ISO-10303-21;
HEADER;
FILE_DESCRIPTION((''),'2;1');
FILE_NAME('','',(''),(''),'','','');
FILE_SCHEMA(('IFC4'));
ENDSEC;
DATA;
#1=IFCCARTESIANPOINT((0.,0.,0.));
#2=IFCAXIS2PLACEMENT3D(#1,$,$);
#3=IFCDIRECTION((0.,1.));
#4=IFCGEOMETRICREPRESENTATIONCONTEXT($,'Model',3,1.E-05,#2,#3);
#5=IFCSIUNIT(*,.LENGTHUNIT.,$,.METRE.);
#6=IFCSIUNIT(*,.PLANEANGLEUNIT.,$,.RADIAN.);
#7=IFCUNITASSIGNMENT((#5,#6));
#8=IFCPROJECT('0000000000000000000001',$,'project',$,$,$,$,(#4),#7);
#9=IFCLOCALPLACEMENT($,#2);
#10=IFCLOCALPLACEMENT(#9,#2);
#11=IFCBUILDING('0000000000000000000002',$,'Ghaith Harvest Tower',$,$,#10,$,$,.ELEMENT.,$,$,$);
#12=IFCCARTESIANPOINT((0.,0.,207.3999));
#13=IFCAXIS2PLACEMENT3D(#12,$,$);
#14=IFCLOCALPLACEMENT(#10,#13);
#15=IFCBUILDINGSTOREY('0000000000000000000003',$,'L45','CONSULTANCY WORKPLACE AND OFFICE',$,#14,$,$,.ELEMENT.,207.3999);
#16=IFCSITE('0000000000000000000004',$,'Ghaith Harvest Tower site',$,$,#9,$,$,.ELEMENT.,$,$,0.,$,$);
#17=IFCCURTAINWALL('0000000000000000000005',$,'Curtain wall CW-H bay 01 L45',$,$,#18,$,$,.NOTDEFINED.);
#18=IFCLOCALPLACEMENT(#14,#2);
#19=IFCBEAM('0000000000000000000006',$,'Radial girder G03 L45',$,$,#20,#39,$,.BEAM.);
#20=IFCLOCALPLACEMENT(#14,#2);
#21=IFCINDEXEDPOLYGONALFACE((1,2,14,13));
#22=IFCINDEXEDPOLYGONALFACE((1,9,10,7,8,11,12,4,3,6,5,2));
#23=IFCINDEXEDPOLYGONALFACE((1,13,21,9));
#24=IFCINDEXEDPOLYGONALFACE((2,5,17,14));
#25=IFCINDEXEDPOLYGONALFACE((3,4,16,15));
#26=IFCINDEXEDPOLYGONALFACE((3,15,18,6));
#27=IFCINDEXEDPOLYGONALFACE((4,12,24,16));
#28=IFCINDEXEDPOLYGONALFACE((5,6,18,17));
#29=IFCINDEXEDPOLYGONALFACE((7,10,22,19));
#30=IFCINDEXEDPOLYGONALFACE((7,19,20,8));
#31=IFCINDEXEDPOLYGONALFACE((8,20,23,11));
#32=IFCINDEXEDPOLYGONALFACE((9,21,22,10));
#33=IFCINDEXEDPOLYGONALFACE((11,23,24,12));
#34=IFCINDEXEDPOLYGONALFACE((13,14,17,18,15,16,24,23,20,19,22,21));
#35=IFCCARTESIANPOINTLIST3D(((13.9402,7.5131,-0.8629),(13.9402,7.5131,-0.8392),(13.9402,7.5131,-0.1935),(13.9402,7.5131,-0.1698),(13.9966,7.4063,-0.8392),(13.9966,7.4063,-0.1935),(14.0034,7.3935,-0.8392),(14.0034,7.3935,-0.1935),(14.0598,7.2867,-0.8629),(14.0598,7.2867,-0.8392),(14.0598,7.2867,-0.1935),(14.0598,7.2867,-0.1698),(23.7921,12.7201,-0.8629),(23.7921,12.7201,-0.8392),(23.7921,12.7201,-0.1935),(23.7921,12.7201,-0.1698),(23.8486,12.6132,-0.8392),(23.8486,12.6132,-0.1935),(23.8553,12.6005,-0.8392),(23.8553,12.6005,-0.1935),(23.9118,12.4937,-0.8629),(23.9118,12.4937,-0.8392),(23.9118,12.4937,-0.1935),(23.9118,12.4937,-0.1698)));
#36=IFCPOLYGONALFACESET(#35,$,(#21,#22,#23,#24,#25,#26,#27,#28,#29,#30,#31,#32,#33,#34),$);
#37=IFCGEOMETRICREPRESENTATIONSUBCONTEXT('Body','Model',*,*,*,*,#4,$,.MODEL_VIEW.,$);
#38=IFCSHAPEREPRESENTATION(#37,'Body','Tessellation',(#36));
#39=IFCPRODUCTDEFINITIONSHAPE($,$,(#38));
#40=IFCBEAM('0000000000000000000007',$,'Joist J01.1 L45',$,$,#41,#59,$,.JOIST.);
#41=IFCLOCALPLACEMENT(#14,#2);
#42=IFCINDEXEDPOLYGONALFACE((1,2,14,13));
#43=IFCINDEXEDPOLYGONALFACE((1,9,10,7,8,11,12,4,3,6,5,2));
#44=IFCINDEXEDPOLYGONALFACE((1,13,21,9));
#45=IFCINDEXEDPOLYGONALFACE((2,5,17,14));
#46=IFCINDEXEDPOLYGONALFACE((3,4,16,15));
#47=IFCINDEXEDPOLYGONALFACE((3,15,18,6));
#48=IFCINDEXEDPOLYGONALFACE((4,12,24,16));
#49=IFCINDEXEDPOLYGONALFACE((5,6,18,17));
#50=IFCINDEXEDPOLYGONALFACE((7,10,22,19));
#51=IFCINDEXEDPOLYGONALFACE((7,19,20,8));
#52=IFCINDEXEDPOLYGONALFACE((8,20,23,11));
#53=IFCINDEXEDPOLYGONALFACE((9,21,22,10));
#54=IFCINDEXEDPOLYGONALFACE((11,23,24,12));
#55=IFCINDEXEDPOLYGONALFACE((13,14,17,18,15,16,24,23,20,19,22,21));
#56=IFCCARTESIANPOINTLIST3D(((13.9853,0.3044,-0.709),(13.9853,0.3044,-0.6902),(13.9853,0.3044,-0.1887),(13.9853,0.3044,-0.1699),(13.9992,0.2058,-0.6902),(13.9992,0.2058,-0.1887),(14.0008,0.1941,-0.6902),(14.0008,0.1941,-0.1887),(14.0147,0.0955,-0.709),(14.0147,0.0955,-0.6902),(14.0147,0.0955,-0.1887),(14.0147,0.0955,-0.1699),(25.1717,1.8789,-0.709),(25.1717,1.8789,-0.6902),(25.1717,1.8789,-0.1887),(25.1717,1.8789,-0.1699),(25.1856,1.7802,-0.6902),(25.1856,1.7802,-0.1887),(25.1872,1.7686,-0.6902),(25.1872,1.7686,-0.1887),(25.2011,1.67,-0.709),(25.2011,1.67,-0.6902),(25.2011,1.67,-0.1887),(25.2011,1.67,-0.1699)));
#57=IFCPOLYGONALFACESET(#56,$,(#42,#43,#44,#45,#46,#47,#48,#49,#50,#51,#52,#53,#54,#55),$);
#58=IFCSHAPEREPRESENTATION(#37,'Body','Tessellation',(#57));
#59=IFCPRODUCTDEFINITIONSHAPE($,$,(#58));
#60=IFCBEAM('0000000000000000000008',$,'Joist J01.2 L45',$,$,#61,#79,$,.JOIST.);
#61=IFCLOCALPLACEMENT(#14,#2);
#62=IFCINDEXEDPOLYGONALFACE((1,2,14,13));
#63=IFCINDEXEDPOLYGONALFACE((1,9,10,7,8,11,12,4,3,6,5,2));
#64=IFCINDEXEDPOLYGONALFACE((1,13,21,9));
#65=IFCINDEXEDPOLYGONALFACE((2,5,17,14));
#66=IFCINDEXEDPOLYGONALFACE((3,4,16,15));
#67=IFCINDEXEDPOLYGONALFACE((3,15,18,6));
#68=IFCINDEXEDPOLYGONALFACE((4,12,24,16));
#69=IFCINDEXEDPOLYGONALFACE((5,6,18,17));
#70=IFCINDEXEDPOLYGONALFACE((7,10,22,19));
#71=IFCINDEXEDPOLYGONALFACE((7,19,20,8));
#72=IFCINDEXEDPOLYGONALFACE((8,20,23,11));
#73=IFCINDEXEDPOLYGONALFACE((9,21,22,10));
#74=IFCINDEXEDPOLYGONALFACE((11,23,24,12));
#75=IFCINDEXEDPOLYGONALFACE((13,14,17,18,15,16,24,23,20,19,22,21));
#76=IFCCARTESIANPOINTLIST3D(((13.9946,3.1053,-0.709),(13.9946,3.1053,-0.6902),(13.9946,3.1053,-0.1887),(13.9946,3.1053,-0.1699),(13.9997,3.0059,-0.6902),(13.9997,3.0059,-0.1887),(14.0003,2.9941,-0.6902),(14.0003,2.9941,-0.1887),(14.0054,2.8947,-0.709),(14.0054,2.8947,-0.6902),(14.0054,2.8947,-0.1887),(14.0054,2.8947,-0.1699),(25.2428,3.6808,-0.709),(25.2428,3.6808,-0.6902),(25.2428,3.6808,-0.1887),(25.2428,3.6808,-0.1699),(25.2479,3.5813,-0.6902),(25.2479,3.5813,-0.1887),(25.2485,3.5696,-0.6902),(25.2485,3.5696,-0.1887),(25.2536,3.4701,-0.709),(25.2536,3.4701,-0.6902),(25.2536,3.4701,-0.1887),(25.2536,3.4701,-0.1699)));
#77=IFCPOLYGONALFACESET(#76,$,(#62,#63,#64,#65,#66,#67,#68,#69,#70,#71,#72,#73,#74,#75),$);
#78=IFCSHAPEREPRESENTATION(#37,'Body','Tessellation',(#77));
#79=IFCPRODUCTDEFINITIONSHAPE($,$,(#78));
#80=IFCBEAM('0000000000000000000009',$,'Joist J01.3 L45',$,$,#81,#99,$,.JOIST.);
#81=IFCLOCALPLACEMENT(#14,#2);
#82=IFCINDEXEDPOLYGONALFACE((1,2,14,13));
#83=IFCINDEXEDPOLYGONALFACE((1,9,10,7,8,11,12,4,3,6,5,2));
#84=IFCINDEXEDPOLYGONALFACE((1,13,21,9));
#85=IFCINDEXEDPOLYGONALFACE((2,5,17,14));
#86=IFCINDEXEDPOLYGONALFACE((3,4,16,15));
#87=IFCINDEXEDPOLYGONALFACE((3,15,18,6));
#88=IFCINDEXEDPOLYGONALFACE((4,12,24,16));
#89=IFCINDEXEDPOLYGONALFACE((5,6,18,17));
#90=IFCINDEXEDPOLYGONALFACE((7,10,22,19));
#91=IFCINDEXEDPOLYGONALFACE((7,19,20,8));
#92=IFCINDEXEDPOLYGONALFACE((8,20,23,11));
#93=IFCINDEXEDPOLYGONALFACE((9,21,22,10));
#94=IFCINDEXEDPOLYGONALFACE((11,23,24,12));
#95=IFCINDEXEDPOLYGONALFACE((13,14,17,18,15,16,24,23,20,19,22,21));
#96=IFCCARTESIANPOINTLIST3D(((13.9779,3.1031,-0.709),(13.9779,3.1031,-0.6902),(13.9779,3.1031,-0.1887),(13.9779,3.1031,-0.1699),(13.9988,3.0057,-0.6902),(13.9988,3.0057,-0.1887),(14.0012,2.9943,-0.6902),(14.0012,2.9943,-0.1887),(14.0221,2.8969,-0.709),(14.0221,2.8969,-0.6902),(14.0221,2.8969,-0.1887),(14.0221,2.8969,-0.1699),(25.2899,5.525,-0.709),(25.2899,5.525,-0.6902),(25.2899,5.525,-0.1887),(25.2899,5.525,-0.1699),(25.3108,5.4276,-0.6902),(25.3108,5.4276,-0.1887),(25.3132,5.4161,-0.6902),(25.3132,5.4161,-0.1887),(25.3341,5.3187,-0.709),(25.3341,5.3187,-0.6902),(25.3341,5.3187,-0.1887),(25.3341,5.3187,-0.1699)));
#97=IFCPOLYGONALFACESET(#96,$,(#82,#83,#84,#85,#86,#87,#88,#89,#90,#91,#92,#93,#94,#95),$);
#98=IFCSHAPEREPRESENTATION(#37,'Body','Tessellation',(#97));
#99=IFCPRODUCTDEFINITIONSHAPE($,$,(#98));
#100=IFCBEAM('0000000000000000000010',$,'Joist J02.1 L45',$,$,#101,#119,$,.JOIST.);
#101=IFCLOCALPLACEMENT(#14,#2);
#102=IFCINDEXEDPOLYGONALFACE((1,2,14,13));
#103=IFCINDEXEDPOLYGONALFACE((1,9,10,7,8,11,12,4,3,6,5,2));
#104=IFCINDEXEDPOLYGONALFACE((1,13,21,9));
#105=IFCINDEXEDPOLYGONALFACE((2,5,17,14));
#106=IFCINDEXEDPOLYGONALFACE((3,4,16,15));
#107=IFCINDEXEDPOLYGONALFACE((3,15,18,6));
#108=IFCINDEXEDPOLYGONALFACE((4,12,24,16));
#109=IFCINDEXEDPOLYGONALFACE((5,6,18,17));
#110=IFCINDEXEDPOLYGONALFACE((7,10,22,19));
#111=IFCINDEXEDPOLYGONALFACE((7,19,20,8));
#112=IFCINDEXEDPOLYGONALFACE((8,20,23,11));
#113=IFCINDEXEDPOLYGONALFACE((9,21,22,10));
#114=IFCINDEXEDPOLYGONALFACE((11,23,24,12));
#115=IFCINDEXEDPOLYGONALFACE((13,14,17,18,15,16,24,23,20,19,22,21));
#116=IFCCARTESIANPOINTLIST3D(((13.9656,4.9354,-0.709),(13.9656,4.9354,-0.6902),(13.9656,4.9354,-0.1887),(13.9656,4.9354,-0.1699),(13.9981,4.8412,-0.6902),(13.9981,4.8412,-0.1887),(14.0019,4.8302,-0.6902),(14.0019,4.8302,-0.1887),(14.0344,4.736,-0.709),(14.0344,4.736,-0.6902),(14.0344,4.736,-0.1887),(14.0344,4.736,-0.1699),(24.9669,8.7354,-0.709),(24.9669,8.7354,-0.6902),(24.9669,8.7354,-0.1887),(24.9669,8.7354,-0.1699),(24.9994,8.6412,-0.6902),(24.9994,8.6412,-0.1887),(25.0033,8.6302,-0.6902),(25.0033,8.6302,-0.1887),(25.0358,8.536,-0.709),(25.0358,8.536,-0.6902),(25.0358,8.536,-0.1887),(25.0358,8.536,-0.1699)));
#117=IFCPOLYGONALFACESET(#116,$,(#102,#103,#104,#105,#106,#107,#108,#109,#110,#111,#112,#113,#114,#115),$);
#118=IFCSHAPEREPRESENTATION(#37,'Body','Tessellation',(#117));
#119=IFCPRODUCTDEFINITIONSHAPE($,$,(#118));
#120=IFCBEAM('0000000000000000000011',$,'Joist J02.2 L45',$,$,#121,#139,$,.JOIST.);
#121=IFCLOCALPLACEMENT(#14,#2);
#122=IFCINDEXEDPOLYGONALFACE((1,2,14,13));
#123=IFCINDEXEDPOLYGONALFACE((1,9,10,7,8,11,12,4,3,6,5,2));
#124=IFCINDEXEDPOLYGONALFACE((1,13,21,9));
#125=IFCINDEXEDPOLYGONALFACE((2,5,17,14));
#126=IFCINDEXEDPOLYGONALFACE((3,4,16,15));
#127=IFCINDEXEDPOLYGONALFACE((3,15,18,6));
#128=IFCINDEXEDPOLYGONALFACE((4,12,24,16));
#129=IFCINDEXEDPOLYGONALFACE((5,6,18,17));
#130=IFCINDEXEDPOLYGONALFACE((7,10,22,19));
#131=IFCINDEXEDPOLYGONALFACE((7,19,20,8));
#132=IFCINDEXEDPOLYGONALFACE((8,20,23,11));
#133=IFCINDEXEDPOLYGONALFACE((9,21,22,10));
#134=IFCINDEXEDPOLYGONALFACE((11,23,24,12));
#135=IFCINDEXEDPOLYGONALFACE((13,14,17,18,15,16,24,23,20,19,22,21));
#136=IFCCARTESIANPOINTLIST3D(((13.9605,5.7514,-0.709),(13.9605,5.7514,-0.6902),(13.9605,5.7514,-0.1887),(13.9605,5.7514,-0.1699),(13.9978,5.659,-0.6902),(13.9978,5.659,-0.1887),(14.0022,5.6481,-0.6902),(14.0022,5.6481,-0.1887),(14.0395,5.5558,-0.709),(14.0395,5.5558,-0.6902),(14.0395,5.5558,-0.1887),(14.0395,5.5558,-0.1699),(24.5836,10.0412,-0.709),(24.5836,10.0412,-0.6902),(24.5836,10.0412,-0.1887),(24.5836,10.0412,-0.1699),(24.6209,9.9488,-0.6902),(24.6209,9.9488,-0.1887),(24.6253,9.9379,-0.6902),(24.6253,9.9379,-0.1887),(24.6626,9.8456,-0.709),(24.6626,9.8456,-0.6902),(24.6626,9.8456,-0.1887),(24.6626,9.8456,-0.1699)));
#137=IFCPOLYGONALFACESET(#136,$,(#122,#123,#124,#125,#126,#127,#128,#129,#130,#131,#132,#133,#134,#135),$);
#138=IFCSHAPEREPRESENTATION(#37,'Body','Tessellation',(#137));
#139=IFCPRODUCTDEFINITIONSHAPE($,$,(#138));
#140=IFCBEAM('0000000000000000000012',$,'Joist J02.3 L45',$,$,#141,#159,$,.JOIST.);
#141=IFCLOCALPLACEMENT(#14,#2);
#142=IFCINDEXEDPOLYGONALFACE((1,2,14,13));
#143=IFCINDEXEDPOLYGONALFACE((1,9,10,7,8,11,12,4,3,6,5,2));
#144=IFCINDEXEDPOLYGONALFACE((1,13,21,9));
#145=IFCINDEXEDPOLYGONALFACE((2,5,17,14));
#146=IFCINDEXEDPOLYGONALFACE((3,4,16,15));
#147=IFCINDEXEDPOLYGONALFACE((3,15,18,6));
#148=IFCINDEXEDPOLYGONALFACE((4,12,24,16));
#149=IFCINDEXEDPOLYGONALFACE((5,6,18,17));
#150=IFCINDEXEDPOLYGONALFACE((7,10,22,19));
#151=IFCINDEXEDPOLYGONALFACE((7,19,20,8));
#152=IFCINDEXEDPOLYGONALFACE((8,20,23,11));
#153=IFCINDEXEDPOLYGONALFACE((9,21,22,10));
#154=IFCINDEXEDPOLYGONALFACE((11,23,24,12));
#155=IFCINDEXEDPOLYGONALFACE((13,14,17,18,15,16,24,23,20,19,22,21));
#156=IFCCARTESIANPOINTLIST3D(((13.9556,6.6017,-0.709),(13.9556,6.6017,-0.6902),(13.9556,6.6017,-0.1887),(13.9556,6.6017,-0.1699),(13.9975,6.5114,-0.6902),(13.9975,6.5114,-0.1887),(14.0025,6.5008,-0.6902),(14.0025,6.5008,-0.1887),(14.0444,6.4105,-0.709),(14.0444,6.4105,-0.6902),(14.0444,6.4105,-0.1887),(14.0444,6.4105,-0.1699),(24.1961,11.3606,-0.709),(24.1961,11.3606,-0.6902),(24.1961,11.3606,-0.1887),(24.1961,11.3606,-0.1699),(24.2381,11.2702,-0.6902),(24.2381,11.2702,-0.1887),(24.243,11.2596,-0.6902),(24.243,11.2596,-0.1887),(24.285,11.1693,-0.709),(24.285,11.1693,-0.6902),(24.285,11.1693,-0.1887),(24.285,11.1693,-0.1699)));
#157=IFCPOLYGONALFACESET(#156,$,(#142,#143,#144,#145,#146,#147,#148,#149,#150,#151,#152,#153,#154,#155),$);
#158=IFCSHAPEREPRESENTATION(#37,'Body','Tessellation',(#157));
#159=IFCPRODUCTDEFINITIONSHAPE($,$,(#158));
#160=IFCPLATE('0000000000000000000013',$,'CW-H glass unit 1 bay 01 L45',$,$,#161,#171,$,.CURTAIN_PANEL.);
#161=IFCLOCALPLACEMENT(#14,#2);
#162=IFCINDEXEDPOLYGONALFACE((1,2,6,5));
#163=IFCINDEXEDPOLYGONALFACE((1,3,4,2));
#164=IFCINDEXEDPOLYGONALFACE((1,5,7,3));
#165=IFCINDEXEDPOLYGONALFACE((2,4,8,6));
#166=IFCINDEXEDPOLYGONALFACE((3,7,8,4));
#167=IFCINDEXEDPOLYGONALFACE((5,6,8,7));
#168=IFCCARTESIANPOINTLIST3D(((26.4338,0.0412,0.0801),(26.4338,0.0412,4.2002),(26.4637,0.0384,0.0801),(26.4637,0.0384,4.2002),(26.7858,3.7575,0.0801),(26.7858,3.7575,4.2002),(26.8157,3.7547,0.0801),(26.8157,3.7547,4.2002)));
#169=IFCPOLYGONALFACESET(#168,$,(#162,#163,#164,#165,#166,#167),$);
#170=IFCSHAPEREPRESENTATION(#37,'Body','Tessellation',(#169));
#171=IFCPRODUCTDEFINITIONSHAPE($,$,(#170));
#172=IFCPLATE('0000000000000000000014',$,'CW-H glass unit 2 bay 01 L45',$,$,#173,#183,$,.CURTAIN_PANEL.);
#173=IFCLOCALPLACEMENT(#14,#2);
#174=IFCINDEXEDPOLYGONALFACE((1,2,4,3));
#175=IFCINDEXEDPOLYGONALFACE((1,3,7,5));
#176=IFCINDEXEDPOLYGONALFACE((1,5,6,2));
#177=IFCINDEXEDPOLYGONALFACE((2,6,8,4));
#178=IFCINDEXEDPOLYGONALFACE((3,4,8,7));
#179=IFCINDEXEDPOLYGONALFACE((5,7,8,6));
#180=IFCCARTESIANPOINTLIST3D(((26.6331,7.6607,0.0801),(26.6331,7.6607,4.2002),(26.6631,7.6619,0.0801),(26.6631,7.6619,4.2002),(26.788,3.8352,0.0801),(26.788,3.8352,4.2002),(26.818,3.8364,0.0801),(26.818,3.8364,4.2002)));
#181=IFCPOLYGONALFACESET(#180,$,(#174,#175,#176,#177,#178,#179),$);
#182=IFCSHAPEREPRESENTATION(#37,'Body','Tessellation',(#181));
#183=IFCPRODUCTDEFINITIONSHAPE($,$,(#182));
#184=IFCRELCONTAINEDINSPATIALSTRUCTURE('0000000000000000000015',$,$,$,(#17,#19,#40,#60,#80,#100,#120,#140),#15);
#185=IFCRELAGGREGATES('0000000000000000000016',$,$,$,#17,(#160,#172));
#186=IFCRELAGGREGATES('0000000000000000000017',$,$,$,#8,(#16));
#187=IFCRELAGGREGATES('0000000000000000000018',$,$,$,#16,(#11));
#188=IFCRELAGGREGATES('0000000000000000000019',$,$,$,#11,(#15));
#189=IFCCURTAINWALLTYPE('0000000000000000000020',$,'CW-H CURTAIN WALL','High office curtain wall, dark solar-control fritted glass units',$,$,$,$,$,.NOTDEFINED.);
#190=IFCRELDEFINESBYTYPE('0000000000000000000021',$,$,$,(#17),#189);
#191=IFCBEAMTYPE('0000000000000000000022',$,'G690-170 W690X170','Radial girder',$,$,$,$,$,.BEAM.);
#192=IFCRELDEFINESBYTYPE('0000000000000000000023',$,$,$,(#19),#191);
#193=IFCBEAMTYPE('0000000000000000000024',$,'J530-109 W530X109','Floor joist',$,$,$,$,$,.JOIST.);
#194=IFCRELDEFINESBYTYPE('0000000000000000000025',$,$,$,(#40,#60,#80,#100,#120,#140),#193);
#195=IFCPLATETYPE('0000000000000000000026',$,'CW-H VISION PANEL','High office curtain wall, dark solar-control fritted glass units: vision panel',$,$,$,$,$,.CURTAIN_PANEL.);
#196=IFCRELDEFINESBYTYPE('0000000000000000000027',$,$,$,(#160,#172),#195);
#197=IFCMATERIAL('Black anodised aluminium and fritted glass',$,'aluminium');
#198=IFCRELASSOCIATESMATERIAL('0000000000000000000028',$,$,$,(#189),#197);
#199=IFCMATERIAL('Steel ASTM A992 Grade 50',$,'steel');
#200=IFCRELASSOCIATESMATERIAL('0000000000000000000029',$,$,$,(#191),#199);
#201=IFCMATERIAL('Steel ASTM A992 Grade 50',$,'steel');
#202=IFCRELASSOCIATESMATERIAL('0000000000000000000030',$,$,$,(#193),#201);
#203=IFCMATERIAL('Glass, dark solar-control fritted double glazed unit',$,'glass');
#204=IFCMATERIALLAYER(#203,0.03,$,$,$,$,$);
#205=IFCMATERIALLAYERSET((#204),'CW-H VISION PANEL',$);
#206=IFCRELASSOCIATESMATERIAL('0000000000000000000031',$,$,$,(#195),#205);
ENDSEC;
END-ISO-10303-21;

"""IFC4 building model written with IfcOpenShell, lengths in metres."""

from ifc_helpers import new_model, si_unit, direction, frame, origin, origin_2d, place, context, subcontext, project, spatial, rectangle, i_section, extrude, material, layer, layer_set, material_profile, profile_set, type_object, element, aggregate, save


model = new_model("IFC4")

# Units and contexts
model_context = context("Model", 3, precision=1e-05, world=origin(), true_north=direction((0.0, 1.0)))
body_context = subcontext(model_context, "Body", "Model", "MODEL_VIEW")
ifc_project = project(units=[si_unit("LENGTHUNIT", "METRE"), si_unit("PLANEANGLEUNIT", "RADIAN")], contexts=[model_context])

# Site, building, storey
site_placement = place(None, origin())
site = spatial("IfcSite", under=ifc_project, at=site_placement, Name="Ghaith Harvest Tower site", CompositionType="ELEMENT", RefElevation=0.0)
building_placement = place(site_placement, origin())
building = spatial("IfcBuilding", under=site, at=building_placement, Name="Ghaith Harvest Tower", CompositionType="ELEMENT")
storey_placement = place(building_placement, frame((0.0, 0.0, 207.3999)))
storey = spatial("IfcBuildingStorey", under=building, at=storey_placement, Name="L45", Description="CONSULTANCY WORKPLACE AND OFFICE", CompositionType="ELEMENT", Elevation=207.3999)

# Curtain wall
ifc_material_1 = material(Name="Black anodised aluminium and fritted glass", Category="aluminium")
curtain_wall_type = type_object("IfcCurtainWallType", Name="CW-H CURTAIN WALL", Description="High office curtain wall, dark solar-control fritted glass units", PredefinedType="NOTDEFINED", material=ifc_material_1)
curtain_wall_1_placement = place(storey_placement, origin())
curtain_wall_1 = element("IfcCurtainWall", 1, at=curtain_wall_1_placement, inside=storey, type_object=curtain_wall_type, Name="Curtain wall CW-H bay 01 L45", PredefinedType="NOTDEFINED")

# Beams
ifc_material_2 = material(Name="Steel ASTM A992 Grade 50", Category="steel")
ifc_material_profile_1 = material_profile(ifc_material_2, i_section(OverallWidth=0.2561, OverallDepth=0.6931, WebThickness=0.0144, FlangeThickness=0.0237, at=origin_2d()), Name="W690X170")
ifc_profile_set_1 = profile_set([ifc_material_profile_1], Name="Steel ASTM A992 Grade 50")
beam_type_1 = type_object("IfcBeamType", Name="G690-170 W690X170", Description="Radial girder", PredefinedType="BEAM", material=ifc_profile_set_1)
beam_1_placement = place(storey_placement, frame((14.0, 7.3999, -0.5164), z_axis=(0.884113, 0.467274, 0.0), x_axis=(-0.467274, 0.884113, 0.0)))
element("IfcBeam", 2, at=beam_1_placement, inside=storey, type_object=beam_type_1, Name="Radial girder G03 L45", PredefinedType="BEAM", context=body_context, shape_type="SweptSolid", body=[
    extrude(i_section(OverallWidth=0.2561, OverallDepth=0.6931, WebThickness=0.0144, FlangeThickness=0.0237, at=origin_2d()), origin(), (0.0, 0.0, 1.0), 11.1433),
])
ifc_material_3 = material(Name="Steel ASTM A992 Grade 50", Category="steel")
ifc_material_profile_2 = material_profile(ifc_material_3, i_section(OverallWidth=0.2109, OverallDepth=0.5391, WebThickness=0.0117, FlangeThickness=0.0188, at=origin_2d()), Name="W530X109")
ifc_profile_set_2 = profile_set([ifc_material_profile_2], Name="Steel ASTM A992 Grade 50")
beam_type_2 = type_object("IfcBeamType", Name="J530-109 W530X109", Description="Floor joist", PredefinedType="JOIST", material=ifc_profile_set_2)
beam_2_placement = place(storey_placement, frame((14.0, 0.2, -0.4395), z_axis=(0.99024, 0.139376, 0.0), x_axis=(-0.139376, 0.99024, 0.0)))
element("IfcBeam", 3, at=beam_2_placement, inside=storey, type_object=beam_type_2, Name="Joist J01.1 L45", PredefinedType="JOIST", context=body_context, shape_type="SweptSolid", body=[
    extrude(i_section(OverallWidth=0.2109, OverallDepth=0.5391, WebThickness=0.0117, FlangeThickness=0.0188, at=origin_2d()), origin(), (0.0, 0.0, 1.0), 11.2966),
])
beam_3_placement = place(storey_placement, frame((14.0, 3.0, -0.4395), z_axis=(0.998694, 0.051091, 0.0), x_axis=(-0.051091, 0.998694, 0.0)))
element("IfcBeam", 4, at=beam_3_placement, inside=storey, type_object=beam_type_2, Name="Joist J01.2 L45", PredefinedType="JOIST", context=body_context, shape_type="SweptSolid", body=[
    extrude(i_section(OverallWidth=0.2109, OverallDepth=0.5391, WebThickness=0.0117, FlangeThickness=0.0188, at=origin_2d()), origin(), (0.0, 0.0, 1.0), 11.2629),
])
beam_4_placement = place(storey_placement, frame((14.0, 3.0, -0.4395), z_axis=(0.97784, 0.209353, 0.0), x_axis=(-0.209353, 0.97784, 0.0)))
element("IfcBeam", 5, at=beam_4_placement, inside=storey, type_object=beam_type_2, Name="Joist J01.3 L45", PredefinedType="JOIST", context=body_context, shape_type="SweptSolid", body=[
    extrude(i_section(OverallWidth=0.2109, OverallDepth=0.5391, WebThickness=0.0117, FlangeThickness=0.0188, at=origin_2d()), origin(), (0.0, 0.0, 1.0), 11.5684),
])
beam_5_placement = place(storey_placement, frame((14.0, 4.8357, -0.4395), z_axis=(0.945202, 0.326485, 0.0), x_axis=(-0.326485, 0.945202, 0.0)))
element("IfcBeam", 6, at=beam_5_placement, inside=storey, type_object=beam_type_2, Name="Joist J02.1 L45", PredefinedType="JOIST", context=body_context, shape_type="SweptSolid", body=[
    extrude(i_section(OverallWidth=0.2109, OverallDepth=0.5391, WebThickness=0.0117, FlangeThickness=0.0188, at=origin_2d()), origin(), (0.0, 0.0, 1.0), 11.6392),
])
beam_6_placement = place(storey_placement, frame((14.0, 5.6536, -0.4395), z_axis=(0.92725, 0.374442, 0.0), x_axis=(-0.374442, 0.92725, 0.0)))
element("IfcBeam", 7, at=beam_6_placement, inside=storey, type_object=beam_type_2, Name="Joist J02.2 L45", PredefinedType="JOIST", context=body_context, shape_type="SweptSolid", body=[
    extrude(i_section(OverallWidth=0.2109, OverallDepth=0.5391, WebThickness=0.0117, FlangeThickness=0.0188, at=origin_2d()), origin(), (0.0, 0.0, 1.0), 11.4565),
])
beam_7_placement = place(storey_placement, frame((14.0, 6.5061, -0.4395), z_axis=(0.906864, 0.421423, 0.0), x_axis=(-0.421423, 0.906864, 0.0)))
element("IfcBeam", 8, at=beam_7_placement, inside=storey, type_object=beam_type_2, Name="Joist J02.3 L45", PredefinedType="JOIST", context=body_context, shape_type="SweptSolid", body=[
    extrude(i_section(OverallWidth=0.2109, OverallDepth=0.5391, WebThickness=0.0117, FlangeThickness=0.0188, at=origin_2d()), origin(), (0.0, 0.0, 1.0), 11.2922),
])

# Plates
ifc_material_4 = material(Name="Glass, dark solar-control fritted double glazed unit", Category="glass")
ifc_layer_1 = layer(ifc_material_4, 0.03)
ifc_layer_set_1 = layer_set([ifc_layer_1], Name="CW-H VISION PANEL")
plate_type_1 = type_object("IfcPlateType", Name="CW-H VISION PANEL", Description="High office curtain wall, dark solar-control fritted glass units: vision panel", PredefinedType="CURTAIN_PANEL", material=ifc_layer_set_1)
plate_1_placement = place(storey_placement, frame((26.6248, 1.8979, 0.0801), z_axis=(0.0, 0.0, 1.0), x_axis=(0.094302, 0.995544, 0.0)))
plate_1 = element("IfcPlate", 9, at=plate_1_placement, type_object=plate_type_1, Name="CW-H glass unit 1 bay 01 L45", PredefinedType="CURTAIN_PANEL", context=body_context, shape_type="SweptSolid", body=[
    extrude(rectangle(XDim=3.7329, YDim=0.03, at=origin_2d()), origin(), (0.0, 0.0, 1.0), 4.1201),
])
plate_2_placement = place(storey_placement, frame((26.7256, 5.7485, 0.0801), z_axis=(0.0, 0.0, 1.0), x_axis=(-0.040462, 0.999181, 0.0)))
plate_2 = element("IfcPlate", 10, at=plate_2_placement, type_object=plate_type_1, Name="CW-H glass unit 2 bay 01 L45", PredefinedType="CURTAIN_PANEL", context=body_context, shape_type="SweptSolid", body=[
    extrude(rectangle(XDim=3.8286, YDim=0.03, at=origin_2d()), origin(), (0.0, 0.0, 1.0), 4.1201),
])
aggregate(curtain_wall_1, [plate_1, plate_2])

save(model, "model.ifc")
